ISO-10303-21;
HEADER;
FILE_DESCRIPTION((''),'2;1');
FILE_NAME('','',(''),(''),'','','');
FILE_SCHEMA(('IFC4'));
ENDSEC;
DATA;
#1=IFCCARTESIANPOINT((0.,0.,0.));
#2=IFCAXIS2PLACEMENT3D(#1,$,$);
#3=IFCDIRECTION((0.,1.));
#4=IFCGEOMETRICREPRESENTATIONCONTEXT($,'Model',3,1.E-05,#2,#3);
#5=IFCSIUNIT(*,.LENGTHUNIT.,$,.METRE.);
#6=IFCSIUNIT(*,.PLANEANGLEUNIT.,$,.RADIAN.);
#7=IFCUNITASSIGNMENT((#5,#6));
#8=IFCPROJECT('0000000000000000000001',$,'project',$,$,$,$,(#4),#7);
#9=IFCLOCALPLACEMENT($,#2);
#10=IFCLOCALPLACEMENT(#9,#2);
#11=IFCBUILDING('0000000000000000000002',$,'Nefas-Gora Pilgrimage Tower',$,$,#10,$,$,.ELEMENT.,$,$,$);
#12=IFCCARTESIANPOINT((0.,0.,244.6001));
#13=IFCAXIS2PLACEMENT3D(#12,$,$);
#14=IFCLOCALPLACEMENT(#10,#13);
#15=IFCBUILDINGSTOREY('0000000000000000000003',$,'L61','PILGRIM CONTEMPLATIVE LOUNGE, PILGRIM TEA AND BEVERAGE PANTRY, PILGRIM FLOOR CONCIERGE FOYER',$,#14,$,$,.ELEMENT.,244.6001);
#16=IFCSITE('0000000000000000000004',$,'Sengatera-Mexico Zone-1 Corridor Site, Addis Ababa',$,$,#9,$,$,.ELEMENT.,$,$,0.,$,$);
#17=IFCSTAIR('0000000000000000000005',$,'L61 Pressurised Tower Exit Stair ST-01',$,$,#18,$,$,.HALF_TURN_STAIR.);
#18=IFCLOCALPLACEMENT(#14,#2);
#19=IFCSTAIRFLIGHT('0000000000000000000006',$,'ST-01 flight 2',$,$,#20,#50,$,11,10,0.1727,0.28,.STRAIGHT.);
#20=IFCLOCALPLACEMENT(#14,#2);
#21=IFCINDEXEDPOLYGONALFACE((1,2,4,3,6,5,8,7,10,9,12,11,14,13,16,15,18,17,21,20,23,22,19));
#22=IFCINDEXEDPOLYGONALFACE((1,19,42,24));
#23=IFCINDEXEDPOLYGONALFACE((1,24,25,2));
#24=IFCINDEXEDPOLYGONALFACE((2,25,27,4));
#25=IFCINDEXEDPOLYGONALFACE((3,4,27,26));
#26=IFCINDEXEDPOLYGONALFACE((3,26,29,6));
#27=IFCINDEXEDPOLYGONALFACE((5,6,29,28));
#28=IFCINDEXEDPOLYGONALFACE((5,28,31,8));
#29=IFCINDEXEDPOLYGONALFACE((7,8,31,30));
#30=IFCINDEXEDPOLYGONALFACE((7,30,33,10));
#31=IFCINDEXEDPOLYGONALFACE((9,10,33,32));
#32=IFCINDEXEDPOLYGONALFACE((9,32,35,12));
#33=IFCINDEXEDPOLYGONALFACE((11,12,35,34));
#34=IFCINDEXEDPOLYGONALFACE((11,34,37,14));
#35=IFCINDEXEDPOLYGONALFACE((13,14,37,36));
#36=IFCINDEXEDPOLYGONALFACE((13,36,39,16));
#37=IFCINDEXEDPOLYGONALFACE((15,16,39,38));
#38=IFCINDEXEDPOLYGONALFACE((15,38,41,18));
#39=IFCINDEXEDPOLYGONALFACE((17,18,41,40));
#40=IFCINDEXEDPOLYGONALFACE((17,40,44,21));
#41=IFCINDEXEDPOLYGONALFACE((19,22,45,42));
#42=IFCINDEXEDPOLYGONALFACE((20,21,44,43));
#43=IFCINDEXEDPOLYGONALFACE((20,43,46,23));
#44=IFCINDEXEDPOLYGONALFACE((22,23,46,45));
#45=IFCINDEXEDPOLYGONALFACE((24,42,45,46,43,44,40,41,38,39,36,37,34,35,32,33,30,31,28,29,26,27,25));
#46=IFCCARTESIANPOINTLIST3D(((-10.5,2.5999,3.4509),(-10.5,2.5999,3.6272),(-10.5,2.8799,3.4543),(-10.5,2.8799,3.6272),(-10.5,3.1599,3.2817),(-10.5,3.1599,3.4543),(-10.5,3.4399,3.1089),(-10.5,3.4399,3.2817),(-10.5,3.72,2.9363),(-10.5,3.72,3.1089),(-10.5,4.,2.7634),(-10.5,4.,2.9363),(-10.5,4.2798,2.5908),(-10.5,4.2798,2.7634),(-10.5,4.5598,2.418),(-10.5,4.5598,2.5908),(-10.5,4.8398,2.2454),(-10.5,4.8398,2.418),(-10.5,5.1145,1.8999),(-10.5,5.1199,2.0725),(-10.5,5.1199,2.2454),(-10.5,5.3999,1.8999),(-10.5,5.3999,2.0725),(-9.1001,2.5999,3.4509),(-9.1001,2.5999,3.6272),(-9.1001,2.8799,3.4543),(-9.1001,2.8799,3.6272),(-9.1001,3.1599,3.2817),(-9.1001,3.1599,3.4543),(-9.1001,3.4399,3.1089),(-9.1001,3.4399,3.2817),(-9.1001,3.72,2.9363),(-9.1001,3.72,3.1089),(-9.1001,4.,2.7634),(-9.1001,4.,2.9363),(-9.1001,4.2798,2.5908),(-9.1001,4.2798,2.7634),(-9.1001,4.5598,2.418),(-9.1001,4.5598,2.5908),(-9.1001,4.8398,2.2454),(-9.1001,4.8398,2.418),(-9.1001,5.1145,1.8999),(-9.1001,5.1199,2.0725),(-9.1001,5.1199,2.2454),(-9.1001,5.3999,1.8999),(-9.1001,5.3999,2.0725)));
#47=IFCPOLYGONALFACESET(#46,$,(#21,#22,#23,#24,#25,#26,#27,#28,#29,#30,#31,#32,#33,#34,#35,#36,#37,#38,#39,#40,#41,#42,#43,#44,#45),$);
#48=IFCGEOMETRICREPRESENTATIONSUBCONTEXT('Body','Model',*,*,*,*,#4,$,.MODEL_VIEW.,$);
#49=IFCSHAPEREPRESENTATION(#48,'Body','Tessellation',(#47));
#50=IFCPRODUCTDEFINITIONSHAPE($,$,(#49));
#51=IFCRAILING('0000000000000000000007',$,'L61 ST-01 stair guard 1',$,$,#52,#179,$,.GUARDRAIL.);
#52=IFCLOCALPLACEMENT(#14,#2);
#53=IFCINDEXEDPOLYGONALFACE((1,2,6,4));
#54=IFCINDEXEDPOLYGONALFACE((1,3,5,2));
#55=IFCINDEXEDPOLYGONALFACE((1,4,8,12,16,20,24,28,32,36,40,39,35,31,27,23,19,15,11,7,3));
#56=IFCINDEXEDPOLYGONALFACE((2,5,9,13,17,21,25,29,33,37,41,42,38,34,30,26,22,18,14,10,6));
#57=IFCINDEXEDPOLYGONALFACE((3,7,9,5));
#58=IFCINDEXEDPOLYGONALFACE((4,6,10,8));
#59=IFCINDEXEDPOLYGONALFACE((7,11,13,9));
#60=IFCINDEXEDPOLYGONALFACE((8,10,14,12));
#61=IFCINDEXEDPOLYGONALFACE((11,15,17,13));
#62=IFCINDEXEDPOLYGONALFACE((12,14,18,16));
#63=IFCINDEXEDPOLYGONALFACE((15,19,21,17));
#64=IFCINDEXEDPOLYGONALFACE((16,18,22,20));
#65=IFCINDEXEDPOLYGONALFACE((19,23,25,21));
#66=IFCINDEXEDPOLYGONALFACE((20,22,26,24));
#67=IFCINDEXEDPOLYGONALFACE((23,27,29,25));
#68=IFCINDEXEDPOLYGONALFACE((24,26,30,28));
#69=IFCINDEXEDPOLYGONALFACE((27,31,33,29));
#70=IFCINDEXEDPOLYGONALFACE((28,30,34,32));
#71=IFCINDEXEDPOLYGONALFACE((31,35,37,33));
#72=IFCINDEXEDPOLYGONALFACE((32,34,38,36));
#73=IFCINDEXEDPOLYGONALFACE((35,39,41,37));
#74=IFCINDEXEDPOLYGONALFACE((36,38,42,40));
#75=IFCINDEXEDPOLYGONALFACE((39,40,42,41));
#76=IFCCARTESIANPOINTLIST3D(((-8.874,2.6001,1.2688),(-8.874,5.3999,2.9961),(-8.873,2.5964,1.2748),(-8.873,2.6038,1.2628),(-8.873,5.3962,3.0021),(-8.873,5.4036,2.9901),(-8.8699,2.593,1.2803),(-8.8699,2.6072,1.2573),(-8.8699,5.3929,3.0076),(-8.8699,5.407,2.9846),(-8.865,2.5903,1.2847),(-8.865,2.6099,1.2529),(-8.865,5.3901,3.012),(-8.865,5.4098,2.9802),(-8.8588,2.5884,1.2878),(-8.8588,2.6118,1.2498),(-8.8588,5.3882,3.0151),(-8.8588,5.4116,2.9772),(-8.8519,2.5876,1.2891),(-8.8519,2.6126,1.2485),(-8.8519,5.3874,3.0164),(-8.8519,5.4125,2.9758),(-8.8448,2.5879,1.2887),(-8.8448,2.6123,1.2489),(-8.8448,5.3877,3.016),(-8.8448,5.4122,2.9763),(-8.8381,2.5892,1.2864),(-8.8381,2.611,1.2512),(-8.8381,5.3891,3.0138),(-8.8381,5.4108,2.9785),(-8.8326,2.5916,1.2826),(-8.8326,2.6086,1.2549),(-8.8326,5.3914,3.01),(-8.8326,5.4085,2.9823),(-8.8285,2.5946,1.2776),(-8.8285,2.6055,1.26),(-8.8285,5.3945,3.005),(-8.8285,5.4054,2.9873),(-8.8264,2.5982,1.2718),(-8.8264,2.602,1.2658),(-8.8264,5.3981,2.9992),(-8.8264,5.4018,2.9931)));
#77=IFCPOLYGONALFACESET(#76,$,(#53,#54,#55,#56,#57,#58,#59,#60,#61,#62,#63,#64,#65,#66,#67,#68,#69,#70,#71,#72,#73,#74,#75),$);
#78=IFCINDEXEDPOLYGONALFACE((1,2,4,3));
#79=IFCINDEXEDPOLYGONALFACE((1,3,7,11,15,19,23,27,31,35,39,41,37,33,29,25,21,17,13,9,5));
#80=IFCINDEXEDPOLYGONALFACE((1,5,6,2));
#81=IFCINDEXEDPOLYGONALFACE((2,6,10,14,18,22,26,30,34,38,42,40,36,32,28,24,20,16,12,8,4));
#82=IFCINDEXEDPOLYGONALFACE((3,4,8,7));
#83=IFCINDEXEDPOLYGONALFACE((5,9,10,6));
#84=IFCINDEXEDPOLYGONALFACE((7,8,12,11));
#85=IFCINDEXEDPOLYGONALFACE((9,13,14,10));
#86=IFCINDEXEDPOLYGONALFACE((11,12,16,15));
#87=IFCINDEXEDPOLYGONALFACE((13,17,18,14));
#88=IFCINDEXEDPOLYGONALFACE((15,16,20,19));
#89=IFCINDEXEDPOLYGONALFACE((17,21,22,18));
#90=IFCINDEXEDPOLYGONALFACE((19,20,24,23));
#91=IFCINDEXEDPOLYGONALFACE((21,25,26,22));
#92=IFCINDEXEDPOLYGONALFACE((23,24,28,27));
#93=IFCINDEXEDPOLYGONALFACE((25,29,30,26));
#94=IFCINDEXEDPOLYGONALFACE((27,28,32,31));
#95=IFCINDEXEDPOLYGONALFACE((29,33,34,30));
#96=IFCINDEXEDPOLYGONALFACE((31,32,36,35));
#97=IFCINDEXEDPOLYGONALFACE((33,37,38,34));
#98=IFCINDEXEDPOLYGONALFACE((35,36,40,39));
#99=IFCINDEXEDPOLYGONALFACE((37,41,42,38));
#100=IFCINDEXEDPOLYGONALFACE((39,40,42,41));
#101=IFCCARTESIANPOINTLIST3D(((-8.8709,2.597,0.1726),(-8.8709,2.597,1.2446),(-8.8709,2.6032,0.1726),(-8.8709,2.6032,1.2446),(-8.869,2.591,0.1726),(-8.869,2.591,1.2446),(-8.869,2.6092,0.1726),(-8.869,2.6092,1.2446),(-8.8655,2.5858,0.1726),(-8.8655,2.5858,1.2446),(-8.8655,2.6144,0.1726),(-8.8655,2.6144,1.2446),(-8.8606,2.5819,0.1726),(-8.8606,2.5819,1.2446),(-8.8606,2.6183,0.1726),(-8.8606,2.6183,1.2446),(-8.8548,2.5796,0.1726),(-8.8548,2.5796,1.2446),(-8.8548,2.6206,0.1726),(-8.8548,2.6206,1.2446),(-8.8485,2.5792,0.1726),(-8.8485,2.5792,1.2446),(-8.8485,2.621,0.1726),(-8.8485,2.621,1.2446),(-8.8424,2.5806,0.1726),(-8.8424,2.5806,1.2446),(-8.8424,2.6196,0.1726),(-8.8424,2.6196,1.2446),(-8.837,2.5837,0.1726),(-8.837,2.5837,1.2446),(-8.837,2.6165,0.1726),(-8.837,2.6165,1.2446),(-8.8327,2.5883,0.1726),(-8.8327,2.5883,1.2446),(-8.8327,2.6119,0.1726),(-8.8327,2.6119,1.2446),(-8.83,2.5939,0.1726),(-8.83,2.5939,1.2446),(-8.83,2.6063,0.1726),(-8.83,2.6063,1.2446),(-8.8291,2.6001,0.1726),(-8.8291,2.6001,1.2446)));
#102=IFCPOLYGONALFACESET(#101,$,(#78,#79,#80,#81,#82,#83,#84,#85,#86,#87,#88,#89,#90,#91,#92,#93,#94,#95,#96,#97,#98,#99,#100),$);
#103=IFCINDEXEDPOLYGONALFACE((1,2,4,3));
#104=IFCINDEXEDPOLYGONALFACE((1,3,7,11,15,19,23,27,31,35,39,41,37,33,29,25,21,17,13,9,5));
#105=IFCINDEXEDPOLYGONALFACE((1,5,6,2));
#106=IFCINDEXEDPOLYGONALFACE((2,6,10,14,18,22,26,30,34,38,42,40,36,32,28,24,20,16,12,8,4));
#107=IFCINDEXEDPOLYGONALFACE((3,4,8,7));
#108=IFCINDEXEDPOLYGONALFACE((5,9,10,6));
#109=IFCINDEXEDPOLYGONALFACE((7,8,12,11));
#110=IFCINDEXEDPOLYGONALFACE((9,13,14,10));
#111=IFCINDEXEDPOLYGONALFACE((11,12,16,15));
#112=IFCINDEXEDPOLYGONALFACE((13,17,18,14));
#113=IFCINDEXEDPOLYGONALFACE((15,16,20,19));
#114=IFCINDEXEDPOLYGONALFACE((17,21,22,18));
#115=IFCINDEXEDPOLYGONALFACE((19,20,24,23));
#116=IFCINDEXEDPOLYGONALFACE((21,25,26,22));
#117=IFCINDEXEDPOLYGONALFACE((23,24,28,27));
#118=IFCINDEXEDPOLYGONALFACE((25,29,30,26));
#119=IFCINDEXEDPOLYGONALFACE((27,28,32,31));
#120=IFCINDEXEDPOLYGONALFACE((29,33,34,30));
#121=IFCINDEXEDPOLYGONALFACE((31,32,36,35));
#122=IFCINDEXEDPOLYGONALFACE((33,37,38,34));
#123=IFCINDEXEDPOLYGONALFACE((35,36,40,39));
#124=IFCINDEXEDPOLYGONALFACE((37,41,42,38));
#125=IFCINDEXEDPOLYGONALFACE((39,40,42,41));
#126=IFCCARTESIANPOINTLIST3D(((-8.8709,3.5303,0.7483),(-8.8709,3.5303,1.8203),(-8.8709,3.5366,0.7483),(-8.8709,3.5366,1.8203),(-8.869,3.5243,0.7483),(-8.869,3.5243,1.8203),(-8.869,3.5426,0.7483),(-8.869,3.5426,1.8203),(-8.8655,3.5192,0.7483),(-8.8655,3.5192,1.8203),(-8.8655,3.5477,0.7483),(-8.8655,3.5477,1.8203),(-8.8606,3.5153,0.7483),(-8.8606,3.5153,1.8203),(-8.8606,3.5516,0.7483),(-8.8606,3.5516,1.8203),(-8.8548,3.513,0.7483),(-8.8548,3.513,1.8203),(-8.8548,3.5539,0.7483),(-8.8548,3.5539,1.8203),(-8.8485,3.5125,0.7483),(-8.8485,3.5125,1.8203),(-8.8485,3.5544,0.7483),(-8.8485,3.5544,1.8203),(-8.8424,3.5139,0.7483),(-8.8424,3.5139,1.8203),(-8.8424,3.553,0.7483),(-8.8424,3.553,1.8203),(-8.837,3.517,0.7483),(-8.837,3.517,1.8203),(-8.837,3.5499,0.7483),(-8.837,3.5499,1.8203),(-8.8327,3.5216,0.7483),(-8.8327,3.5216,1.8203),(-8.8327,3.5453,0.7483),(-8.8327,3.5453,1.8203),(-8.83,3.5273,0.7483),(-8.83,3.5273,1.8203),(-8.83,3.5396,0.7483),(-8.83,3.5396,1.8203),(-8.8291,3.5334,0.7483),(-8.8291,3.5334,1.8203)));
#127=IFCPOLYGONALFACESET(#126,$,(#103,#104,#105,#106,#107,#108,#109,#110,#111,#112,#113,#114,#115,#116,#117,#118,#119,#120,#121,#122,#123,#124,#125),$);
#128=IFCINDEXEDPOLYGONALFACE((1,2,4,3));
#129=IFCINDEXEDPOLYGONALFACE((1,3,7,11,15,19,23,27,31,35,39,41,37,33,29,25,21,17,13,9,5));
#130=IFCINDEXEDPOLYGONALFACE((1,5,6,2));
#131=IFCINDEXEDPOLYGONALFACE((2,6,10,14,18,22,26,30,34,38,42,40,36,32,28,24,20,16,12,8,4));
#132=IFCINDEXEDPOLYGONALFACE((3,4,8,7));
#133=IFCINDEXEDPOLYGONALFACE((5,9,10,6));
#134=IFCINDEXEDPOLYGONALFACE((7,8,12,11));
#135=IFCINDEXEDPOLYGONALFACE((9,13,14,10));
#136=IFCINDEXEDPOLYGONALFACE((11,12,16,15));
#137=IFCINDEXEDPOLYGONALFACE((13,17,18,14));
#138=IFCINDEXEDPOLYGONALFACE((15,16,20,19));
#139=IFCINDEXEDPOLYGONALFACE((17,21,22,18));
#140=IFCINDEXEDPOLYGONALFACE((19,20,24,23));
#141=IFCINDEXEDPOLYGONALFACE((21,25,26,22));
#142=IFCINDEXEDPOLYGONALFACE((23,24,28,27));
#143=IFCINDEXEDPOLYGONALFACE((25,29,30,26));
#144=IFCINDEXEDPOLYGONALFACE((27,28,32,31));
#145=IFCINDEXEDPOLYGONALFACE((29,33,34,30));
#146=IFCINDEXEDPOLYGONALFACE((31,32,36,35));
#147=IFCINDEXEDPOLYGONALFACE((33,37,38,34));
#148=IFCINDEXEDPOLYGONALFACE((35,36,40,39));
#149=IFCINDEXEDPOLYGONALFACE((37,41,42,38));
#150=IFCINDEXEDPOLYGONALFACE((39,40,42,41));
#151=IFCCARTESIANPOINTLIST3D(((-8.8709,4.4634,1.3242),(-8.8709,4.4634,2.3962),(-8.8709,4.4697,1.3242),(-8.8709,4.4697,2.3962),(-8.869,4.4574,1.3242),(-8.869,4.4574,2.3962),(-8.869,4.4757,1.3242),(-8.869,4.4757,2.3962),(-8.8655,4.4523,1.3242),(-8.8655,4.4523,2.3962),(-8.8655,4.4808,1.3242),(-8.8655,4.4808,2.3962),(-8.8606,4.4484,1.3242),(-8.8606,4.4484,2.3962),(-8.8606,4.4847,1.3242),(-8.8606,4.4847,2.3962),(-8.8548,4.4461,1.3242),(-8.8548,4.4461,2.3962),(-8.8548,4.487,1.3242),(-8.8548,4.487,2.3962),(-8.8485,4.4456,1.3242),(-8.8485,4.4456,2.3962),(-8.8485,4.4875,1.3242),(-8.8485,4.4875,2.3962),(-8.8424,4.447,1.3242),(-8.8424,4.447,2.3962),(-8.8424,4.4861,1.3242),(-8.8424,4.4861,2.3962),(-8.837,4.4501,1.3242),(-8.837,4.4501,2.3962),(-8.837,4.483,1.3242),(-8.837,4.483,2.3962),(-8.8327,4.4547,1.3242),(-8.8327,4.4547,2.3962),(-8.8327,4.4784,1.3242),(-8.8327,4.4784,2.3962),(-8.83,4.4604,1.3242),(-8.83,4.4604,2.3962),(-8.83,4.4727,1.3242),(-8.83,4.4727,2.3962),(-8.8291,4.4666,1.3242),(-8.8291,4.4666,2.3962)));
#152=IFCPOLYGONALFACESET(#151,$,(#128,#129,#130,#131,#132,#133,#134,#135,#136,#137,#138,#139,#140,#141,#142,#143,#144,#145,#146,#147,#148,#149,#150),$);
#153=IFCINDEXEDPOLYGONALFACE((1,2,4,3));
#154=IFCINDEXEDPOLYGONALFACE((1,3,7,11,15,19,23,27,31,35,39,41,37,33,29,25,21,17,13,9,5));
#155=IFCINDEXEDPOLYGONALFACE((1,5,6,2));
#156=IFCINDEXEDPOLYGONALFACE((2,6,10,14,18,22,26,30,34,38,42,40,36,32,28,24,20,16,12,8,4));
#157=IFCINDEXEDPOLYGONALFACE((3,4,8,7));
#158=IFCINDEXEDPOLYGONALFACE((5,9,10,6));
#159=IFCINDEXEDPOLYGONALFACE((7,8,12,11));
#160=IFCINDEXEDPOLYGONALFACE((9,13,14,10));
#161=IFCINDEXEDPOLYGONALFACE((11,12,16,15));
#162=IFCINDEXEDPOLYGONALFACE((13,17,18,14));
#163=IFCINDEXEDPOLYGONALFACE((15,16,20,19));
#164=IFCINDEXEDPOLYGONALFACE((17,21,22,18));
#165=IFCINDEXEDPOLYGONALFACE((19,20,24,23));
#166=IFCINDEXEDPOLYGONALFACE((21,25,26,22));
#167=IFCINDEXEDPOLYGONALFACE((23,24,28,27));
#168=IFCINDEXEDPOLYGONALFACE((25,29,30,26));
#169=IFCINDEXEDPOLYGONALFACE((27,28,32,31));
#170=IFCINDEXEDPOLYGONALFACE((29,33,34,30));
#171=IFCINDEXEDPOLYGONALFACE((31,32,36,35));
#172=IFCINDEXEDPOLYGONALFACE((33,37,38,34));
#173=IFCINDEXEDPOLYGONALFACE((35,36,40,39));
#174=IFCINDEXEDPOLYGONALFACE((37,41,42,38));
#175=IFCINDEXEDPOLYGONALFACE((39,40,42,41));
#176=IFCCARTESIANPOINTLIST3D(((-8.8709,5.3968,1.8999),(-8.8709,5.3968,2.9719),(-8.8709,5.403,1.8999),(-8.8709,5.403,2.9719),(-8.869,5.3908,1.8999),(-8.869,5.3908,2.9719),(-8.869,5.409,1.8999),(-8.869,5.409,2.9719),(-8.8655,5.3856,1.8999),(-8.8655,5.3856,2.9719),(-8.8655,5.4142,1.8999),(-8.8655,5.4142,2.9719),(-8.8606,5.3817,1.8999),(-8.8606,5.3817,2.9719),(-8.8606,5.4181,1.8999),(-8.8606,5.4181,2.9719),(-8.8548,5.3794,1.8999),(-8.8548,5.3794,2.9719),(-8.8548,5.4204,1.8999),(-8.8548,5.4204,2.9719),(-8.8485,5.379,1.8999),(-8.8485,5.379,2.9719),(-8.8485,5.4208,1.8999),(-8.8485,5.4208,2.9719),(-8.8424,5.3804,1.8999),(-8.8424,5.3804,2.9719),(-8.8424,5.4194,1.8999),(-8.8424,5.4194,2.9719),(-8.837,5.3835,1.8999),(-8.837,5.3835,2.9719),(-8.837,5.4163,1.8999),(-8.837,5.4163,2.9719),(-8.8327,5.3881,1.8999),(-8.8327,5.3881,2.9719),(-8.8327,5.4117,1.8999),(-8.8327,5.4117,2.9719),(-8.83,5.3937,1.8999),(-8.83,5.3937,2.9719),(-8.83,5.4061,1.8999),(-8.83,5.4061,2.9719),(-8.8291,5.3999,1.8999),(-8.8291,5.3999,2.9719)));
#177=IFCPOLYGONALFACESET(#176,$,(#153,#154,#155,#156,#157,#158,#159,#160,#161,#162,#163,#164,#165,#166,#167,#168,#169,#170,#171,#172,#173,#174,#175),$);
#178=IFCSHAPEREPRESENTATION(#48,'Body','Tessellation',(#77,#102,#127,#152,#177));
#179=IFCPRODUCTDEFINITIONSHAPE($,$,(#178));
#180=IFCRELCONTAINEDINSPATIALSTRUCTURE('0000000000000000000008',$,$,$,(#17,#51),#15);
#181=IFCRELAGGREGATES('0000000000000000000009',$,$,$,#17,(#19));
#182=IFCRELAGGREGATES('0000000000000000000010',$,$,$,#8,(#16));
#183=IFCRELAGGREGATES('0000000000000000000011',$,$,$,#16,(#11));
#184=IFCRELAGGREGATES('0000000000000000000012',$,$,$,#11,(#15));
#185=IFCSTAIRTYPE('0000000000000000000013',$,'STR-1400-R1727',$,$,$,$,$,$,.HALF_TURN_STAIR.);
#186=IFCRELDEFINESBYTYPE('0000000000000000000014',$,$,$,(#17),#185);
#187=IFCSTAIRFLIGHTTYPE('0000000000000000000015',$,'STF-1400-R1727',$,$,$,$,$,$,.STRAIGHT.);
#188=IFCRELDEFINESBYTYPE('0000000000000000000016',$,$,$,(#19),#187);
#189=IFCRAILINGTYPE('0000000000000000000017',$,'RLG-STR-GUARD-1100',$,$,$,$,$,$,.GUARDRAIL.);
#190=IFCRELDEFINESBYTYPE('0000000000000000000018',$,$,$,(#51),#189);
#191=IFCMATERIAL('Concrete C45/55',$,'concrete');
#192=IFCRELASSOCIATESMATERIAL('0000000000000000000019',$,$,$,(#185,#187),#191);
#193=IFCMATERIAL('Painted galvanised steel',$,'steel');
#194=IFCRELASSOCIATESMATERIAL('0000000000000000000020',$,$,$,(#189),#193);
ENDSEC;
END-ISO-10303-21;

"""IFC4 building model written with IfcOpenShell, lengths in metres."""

from ifc_helpers import new_model, si_unit, direction, frame, origin, origin_2d, place, context, subcontext, project, spatial, polyline, circle, outline, extrude, source, transform, mapped, material, type_object, element, aggregate, save


model = new_model("IFC4")

# Units and contexts
model_context = context("Model", 3, precision=1e-05, world=origin(), true_north=direction((0.0, 1.0)))
body_context = subcontext(model_context, "Body", "Model", "MODEL_VIEW")
ifc_project = project(units=[si_unit("LENGTHUNIT", "METRE"), si_unit("PLANEANGLEUNIT", "RADIAN")], contexts=[model_context])

# Site, building, storey
site_placement = place(None, origin())
site = spatial("IfcSite", under=ifc_project, at=site_placement, Name="Sengatera-Mexico Zone-1 Corridor Site, Addis Ababa", CompositionType="ELEMENT", RefElevation=0.0)
building_placement = place(site_placement, origin())
building = spatial("IfcBuilding", under=site, at=building_placement, Name="Nefas-Gora Pilgrimage Tower", CompositionType="ELEMENT")
storey_placement = place(building_placement, frame((0.0, 0.0, 244.6001)))
storey = spatial("IfcBuildingStorey", under=building, at=storey_placement, Name="L61", Description="PILGRIM CONTEMPLATIVE LOUNGE, PILGRIM TEA AND BEVERAGE PANTRY, PILGRIM FLOOR CONCIERGE FOYER", CompositionType="ELEMENT", Elevation=244.6001)

# Shared definitions
ifc_material_1 = material(Name="Concrete C45/55", Category="concrete")

# Stair, stair flight
stair_type = type_object("IfcStairType", Name="STR-1400-R1727", PredefinedType="HALF_TURN_STAIR", material=ifc_material_1)
stair_placement = place(storey_placement, origin())
stair = element("IfcStair", 1, at=stair_placement, inside=storey, type_object=stair_type, Name="L61 Pressurised Tower Exit Stair ST-01", PredefinedType="HALF_TURN_STAIR")
stair_flight_type = type_object("IfcStairFlightType", Name="STF-1400-R1727", PredefinedType="STRAIGHT", material=ifc_material_1)
shared_shape_1 = source(origin(), body_context, "Body", "SweptSolid", [
    extrude(outline(polyline([(0.0, 0.0), (0.0, 0.1726), (0.28, 0.1726), (0.28, 0.3455), (0.5601, 0.3455), (0.5601, 0.5181), (0.8401, 0.5181), (0.8401, 0.6909), (1.1201, 0.6909), (1.1201, 0.8635), (1.3999, 0.8635), (1.3999, 1.0364), (1.6799, 1.0364), (1.6799, 1.209), (1.96, 1.209), (1.96, 1.3818), (2.24, 1.3818), (2.24, 1.5544), (2.52, 1.5544), (2.52, 1.7273), (2.8, 1.7273), (2.8, 1.8999), (2.8, 1.551), (0.2854, 0.0), (0.0, 0.0)])), frame((0.0, 0.7, 0.0), z_axis=(0.0, -1.0, 0.0), x_axis=(1.0, 0.0, 0.0)), (0.0, 0.0, 1.0), 1.3999),
])
stair_flight_1_placement = place(storey_placement, frame((-9.8, 5.3999, 1.8999), z_axis=(0.0, 0.0, 1.0), x_axis=(0.0, -1.0, 0.0)))
stair_flight_1 = element("IfcStairFlight", 2, at=stair_flight_1_placement, type_object=stair_flight_type, Name="ST-01 flight 2", NumberOfRisers=11, NumberOfTreads=10, PredefinedType="STRAIGHT", RiserHeight=0.1727, TreadLength=0.28, context=body_context, shape_type="MappedRepresentation", body=[
    mapped(shared_shape_1, transform((0.0, 0.0, 0.0), x_axis=(1.0, 0.0, 0.0), y_axis=(0.0, 1.0, 0.0), z_axis=(0.0, 0.0, 1.0), scale=1.0)),
])
aggregate(stair, [stair_flight_1])

# Railing
ifc_material_2 = material(Name="Painted galvanised steel", Category="steel")
railing_type_1 = type_object("IfcRailingType", Name="RLG-STR-GUARD-1100", PredefinedType="GUARDRAIL", material=ifc_material_2)
railing_1_placement = place(storey_placement, frame((-8.8501, 2.6001, 0.1726)))
element("IfcRailing", 3, at=railing_1_placement, inside=storey, type_object=railing_type_1, Name="L61 ST-01 stair guard 1", PredefinedType="GUARDRAIL", context=body_context, shape_type="SweptSolid", body=[
    extrude(circle(Radius=0.0239, at=origin_2d()), frame((0.0, 0.0, 1.0962), z_axis=(0.0, 0.851069, 0.525054), x_axis=(-1.0, 0.0, 0.0)), (0.0, 0.0, 1.0), 3.2898),
    extrude(circle(Radius=0.021, at=origin_2d()), origin(), (0.0, 0.0, 1.0), 1.072),
    extrude(circle(Radius=0.021, at=origin_2d()), frame((0.0, 0.9333, 0.5757)), (0.0, 0.0, 1.0), 1.072),
    extrude(circle(Radius=0.021, at=origin_2d()), frame((0.0, 1.8665, 1.1516)), (0.0, 0.0, 1.0), 1.072),
    extrude(circle(Radius=0.021, at=origin_2d()), frame((0.0, 2.7998, 1.7273)), (0.0, 0.0, 1.0), 1.072),
])

save(model, "model.ifc")
